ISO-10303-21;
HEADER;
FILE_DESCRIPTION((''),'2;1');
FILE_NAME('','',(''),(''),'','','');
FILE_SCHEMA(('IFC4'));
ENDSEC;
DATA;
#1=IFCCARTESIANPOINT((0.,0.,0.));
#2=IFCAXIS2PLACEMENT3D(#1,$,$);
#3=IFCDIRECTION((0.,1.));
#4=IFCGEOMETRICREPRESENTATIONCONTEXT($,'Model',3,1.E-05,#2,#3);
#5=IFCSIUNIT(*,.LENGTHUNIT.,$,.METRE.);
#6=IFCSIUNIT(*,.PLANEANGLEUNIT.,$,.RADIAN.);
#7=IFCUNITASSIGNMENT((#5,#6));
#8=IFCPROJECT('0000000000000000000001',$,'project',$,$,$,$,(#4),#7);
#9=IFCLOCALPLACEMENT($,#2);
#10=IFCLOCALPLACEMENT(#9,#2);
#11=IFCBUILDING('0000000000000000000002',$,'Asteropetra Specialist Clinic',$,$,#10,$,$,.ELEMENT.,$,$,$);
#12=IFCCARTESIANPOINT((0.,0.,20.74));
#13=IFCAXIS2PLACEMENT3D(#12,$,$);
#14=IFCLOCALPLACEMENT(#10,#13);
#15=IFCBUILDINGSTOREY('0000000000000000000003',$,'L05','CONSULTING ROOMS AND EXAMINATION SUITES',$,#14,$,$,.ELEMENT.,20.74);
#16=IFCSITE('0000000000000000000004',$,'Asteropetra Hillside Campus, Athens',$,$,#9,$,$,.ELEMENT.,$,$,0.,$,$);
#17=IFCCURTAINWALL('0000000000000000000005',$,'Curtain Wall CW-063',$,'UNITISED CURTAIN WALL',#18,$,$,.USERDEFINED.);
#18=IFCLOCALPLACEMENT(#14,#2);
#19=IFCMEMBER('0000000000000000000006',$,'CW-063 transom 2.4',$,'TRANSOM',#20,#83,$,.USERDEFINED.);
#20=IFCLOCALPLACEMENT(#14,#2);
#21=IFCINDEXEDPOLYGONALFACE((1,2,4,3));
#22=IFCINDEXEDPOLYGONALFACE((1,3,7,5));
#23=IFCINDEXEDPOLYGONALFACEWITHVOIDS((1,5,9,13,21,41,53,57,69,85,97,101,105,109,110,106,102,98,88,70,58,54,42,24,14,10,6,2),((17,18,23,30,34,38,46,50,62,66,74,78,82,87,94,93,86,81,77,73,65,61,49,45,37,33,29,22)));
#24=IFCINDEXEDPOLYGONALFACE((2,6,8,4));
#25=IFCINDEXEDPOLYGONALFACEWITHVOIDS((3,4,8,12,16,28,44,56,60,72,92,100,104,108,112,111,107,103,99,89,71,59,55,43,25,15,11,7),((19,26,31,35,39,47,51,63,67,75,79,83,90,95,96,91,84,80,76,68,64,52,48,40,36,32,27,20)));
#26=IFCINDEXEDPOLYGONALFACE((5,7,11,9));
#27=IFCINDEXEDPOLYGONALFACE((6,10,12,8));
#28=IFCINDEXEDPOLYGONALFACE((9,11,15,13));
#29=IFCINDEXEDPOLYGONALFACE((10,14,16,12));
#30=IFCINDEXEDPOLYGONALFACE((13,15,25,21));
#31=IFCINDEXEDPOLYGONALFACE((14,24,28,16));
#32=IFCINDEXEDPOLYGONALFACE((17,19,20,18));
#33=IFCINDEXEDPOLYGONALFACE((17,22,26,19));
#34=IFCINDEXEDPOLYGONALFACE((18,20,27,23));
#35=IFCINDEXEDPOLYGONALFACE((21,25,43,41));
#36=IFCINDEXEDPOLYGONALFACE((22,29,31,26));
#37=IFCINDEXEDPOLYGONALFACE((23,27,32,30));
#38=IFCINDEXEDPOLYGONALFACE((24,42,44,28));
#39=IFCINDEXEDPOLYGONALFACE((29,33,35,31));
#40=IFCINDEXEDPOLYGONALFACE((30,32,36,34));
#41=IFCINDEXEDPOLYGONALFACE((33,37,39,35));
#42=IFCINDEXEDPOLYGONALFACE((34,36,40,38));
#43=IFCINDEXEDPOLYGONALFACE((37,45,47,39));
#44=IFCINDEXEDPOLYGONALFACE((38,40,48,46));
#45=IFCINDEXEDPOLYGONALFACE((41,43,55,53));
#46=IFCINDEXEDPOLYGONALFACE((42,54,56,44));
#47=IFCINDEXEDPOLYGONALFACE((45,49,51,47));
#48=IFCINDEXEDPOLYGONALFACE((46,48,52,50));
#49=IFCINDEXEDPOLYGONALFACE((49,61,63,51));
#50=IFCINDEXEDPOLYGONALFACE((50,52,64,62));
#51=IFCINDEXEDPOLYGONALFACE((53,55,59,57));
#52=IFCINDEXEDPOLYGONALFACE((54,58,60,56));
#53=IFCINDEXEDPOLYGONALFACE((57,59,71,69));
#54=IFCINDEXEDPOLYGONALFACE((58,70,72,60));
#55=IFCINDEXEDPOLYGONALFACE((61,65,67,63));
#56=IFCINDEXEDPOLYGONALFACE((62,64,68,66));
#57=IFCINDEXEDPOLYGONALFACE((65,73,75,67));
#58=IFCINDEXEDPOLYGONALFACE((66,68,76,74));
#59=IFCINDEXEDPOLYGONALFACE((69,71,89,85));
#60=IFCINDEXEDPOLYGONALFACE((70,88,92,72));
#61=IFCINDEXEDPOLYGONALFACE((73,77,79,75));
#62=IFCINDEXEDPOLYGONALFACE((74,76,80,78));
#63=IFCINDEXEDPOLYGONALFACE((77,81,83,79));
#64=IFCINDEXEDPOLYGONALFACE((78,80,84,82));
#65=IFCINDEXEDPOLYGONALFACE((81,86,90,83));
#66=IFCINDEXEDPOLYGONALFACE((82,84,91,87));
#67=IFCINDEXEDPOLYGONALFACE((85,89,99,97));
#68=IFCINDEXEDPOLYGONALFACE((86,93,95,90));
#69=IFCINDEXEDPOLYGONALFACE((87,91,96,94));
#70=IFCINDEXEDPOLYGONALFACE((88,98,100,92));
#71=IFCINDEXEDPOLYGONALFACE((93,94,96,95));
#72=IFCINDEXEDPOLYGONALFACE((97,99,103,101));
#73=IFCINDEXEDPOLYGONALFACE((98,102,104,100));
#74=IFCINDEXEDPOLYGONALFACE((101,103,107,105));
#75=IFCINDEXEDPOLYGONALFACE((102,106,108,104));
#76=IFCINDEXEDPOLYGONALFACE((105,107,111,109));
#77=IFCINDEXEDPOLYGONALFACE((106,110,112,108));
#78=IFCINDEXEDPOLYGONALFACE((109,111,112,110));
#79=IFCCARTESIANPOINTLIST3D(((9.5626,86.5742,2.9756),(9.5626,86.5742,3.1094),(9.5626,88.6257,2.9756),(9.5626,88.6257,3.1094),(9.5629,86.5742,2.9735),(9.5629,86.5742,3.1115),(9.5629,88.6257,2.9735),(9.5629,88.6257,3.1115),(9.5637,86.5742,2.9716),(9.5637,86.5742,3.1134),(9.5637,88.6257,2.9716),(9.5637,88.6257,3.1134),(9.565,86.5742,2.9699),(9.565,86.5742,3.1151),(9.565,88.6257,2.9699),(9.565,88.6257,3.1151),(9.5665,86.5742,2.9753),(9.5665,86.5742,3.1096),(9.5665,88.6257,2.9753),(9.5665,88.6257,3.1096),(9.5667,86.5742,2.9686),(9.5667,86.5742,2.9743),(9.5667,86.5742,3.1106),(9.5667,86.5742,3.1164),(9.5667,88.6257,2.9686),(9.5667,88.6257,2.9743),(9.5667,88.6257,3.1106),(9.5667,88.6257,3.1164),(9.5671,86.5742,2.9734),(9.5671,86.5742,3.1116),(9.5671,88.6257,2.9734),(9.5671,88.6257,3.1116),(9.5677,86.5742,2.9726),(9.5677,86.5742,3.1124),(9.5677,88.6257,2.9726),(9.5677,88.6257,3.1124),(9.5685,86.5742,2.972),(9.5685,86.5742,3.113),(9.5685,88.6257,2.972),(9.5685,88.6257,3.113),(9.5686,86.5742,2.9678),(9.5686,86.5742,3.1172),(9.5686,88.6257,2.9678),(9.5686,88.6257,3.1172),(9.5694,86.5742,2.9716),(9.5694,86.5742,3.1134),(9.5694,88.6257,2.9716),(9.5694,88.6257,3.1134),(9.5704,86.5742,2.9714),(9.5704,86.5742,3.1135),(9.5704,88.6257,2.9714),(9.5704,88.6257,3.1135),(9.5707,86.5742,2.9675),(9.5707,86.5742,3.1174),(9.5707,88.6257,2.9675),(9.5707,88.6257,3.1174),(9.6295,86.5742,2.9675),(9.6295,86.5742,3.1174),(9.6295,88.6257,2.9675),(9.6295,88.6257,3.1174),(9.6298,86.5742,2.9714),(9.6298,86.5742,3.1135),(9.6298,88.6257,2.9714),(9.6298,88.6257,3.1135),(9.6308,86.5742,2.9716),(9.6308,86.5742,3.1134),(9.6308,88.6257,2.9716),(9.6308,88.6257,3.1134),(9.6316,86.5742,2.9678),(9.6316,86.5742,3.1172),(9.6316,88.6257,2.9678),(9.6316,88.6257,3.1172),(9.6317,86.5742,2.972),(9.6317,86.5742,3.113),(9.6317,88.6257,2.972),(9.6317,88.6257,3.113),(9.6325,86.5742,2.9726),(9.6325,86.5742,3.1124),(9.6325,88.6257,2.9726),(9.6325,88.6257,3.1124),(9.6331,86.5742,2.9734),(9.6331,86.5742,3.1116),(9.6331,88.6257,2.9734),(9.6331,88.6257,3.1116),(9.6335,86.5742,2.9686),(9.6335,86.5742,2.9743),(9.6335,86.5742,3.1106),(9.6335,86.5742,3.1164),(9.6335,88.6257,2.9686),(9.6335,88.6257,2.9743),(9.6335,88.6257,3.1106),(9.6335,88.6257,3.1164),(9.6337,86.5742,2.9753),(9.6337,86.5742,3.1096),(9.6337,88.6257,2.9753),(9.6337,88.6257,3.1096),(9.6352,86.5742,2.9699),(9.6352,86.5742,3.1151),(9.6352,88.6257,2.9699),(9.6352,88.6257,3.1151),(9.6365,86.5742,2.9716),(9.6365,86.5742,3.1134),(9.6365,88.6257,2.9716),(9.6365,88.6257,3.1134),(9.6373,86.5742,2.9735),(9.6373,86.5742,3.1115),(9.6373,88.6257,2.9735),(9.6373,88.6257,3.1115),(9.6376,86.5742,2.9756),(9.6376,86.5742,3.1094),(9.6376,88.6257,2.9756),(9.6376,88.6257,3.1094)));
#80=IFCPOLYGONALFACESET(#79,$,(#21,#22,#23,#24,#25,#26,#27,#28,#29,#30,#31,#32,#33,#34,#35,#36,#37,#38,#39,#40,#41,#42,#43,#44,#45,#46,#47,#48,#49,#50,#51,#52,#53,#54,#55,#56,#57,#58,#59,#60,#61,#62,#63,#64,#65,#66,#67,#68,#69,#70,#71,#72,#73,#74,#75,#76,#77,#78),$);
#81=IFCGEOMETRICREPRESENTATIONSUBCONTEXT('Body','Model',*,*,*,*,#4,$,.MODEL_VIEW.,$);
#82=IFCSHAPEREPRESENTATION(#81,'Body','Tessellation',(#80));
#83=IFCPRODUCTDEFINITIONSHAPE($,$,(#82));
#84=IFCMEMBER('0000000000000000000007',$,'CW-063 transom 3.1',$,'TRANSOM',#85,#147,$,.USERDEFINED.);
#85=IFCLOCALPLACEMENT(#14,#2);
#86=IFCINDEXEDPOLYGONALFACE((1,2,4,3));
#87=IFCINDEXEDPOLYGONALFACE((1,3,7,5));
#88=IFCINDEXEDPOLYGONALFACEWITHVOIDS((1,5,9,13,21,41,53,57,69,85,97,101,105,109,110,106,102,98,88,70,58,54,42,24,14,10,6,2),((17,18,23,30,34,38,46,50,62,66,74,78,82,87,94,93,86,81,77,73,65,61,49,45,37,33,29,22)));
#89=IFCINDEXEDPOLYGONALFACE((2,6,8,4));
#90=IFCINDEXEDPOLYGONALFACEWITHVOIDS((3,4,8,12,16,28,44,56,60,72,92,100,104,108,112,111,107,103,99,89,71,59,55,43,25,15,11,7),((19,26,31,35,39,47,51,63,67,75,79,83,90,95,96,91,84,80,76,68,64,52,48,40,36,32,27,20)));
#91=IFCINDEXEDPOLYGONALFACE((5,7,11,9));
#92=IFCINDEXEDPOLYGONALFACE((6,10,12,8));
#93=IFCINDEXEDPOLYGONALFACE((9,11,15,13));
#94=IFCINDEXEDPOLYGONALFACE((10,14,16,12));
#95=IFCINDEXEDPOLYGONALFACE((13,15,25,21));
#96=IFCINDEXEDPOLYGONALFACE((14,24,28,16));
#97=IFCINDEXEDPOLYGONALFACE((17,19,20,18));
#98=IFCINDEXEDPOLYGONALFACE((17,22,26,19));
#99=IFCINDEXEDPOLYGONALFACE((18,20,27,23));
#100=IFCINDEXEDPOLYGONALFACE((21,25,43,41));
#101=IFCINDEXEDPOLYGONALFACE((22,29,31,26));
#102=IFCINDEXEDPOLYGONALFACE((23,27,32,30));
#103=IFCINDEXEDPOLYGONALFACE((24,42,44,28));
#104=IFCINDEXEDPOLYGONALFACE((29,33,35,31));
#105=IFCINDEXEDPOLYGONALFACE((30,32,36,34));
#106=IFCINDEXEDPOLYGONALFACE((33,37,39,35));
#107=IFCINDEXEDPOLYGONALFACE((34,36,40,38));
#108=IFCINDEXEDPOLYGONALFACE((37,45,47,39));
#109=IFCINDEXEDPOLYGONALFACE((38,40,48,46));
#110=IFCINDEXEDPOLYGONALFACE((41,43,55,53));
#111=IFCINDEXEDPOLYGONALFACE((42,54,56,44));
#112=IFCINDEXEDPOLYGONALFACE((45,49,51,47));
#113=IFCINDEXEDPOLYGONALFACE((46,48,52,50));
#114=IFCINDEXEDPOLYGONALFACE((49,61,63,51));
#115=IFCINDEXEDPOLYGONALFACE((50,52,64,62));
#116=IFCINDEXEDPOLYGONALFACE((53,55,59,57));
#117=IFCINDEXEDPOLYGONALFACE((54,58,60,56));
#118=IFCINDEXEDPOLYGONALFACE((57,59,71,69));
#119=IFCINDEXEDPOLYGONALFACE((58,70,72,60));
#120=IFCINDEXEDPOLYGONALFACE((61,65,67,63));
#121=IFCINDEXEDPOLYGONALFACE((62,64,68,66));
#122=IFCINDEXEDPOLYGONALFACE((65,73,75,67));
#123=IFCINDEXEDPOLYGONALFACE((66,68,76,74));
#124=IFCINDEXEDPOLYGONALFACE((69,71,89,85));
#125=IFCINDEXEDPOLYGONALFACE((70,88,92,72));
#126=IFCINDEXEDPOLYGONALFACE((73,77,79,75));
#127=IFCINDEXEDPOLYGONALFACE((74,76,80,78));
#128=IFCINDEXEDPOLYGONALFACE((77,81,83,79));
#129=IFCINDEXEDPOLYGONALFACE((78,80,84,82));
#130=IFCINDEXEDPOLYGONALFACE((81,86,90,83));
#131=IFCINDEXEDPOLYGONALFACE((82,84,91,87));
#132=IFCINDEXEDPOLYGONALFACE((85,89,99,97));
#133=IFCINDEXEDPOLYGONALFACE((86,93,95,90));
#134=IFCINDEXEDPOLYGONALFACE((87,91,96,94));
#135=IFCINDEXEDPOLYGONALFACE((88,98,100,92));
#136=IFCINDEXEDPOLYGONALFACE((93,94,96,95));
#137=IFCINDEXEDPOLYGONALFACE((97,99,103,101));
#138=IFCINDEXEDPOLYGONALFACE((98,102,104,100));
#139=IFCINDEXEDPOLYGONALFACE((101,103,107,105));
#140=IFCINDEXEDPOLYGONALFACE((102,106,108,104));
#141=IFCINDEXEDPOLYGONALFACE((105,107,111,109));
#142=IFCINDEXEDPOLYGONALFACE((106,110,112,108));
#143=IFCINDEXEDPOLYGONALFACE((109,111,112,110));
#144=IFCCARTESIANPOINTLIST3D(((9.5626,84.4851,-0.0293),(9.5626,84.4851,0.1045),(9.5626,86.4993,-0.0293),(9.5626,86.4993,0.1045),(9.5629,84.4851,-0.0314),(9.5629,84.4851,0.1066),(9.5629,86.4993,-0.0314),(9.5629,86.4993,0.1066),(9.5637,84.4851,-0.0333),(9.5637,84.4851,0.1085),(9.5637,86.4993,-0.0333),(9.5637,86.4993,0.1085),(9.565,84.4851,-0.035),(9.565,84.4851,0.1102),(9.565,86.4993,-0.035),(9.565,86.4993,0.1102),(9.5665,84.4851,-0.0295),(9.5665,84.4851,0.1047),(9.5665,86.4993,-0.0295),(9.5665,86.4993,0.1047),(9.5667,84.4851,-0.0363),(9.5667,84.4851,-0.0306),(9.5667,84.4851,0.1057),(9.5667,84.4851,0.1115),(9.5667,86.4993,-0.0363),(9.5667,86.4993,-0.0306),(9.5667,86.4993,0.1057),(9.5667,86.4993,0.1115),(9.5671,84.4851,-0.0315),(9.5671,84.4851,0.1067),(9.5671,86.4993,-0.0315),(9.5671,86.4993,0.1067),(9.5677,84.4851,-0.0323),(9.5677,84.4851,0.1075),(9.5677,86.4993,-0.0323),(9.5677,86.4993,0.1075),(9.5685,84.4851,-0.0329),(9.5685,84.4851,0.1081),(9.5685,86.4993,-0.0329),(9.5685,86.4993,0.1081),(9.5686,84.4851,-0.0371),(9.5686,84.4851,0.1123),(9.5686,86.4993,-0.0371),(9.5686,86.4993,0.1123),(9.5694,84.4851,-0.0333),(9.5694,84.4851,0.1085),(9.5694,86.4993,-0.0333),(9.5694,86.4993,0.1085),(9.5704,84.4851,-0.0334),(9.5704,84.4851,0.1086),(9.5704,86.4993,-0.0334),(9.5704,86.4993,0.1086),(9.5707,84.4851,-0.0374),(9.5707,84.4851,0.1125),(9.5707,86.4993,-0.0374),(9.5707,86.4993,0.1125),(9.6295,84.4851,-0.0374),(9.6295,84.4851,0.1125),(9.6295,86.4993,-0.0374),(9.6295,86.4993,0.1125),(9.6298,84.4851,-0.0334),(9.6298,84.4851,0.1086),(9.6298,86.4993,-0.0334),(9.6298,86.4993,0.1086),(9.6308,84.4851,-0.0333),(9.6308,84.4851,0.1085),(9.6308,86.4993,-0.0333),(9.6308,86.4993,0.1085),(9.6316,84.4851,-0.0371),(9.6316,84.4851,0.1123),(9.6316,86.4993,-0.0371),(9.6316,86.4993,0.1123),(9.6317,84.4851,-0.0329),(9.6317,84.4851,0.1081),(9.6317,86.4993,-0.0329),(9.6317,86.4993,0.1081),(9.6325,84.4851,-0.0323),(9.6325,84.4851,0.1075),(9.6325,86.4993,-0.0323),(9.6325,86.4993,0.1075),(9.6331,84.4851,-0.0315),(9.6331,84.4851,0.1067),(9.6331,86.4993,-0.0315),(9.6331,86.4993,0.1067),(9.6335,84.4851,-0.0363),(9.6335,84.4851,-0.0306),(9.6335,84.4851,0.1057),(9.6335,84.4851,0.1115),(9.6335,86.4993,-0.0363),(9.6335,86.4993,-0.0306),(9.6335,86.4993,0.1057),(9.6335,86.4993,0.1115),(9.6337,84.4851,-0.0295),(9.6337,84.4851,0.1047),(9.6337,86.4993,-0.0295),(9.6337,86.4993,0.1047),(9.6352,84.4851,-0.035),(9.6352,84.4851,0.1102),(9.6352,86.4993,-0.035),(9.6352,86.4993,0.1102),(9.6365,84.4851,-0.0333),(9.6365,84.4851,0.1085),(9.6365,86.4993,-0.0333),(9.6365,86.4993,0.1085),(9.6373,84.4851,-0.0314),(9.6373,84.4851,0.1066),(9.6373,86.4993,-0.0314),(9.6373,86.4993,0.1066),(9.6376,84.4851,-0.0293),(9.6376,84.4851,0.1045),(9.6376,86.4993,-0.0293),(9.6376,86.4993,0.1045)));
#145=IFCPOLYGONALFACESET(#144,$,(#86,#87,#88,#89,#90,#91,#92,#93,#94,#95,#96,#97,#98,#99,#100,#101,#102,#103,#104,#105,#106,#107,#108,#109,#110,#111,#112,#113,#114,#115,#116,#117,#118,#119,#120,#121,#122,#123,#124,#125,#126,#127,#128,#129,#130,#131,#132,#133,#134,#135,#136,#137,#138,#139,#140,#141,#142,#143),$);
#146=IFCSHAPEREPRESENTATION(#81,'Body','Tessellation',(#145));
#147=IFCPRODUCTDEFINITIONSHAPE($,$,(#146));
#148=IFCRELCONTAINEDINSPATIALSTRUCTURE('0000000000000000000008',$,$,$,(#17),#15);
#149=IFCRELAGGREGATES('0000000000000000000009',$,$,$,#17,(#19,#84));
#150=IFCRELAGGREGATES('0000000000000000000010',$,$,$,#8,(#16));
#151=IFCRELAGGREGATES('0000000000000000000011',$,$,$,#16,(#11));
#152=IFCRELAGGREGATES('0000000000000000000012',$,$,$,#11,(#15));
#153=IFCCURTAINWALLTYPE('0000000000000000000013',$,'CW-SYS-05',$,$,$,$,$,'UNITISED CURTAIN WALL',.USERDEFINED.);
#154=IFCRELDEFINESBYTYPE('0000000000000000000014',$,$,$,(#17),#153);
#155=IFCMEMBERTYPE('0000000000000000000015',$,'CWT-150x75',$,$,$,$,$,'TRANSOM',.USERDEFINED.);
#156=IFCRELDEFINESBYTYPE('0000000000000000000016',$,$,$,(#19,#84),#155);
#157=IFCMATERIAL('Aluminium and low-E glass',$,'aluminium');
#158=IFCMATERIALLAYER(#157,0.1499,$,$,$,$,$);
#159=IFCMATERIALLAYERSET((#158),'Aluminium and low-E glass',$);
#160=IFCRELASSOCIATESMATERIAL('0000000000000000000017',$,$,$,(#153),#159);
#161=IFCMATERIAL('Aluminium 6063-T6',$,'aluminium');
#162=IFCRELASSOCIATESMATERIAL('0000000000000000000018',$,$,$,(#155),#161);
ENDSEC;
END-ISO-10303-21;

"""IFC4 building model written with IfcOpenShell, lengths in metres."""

from ifc_helpers import new_model, si_unit, direction, frame, origin, origin_2d, place, context, subcontext, project, spatial, hollow_rectangle, extrude, material, layer, layer_set, material_profile, profile_set, type_object, element, aggregate, save


model = new_model("IFC4")

# Units and contexts
model_context = context("Model", 3, precision=1e-05, world=origin(), true_north=direction((0.0, 1.0)))
body_context = subcontext(model_context, "Body", "Model", "MODEL_VIEW")
ifc_project = project(units=[si_unit("LENGTHUNIT", "METRE"), si_unit("PLANEANGLEUNIT", "RADIAN")], contexts=[model_context])

# Site, building, storey
site_placement = place(None, origin())
site = spatial("IfcSite", under=ifc_project, at=site_placement, Name="Asteropetra Hillside Campus, Athens", CompositionType="ELEMENT", RefElevation=0.0)
building_placement = place(site_placement, origin())
building = spatial("IfcBuilding", under=site, at=building_placement, Name="Asteropetra Specialist Clinic", CompositionType="ELEMENT")
storey_placement = place(building_placement, frame((0.0, 0.0, 20.74)))
storey = spatial("IfcBuildingStorey", under=building, at=storey_placement, Name="L05", Description="CONSULTING ROOMS AND EXAMINATION SUITES", CompositionType="ELEMENT", Elevation=20.74)

# Curtain wall, members
ifc_material_1 = material(Name="Aluminium and low-E glass", Category="aluminium")
ifc_layer_1 = layer(ifc_material_1, 0.1499)
ifc_layer_set_1 = layer_set([ifc_layer_1], Name="Aluminium and low-E glass")
curtain_wall_type = type_object("IfcCurtainWallType", Name="CW-SYS-05", ElementType="UNITISED CURTAIN WALL", PredefinedType="USERDEFINED", material=ifc_layer_set_1)
curtain_wall_placement = place(storey_placement, origin())
curtain_wall = element("IfcCurtainWall", 1, at=curtain_wall_placement, inside=storey, type_object=curtain_wall_type, Name="Curtain Wall CW-063", ObjectType="UNITISED CURTAIN WALL", PredefinedType="USERDEFINED")
ifc_material_2 = material(Name="Aluminium 6063-T6", Category="aluminium")
ifc_material_profile_1 = material_profile(ifc_material_2, hollow_rectangle(XDim=0.075, YDim=0.1499, WallThickness=0.0039, InnerFilletRadius=0.0039, OuterFilletRadius=0.0081, at=origin_2d()), Name="TRN 150x75x4.0")
ifc_profile_set_1 = profile_set([ifc_material_profile_1], Name="Aluminium 6063-T6")
member_type_1 = type_object("IfcMemberType", Name="CWT-150x75", ElementType="TRANSOM", PredefinedType="USERDEFINED", material=ifc_profile_set_1)
member_1_placement = place(storey_placement, frame((9.6001, 88.6257, 3.0425), z_axis=(0.0, -1.0, 0.0), x_axis=(1.0, 0.0, 0.0)))
member_1 = element("IfcMember", 2, at=member_1_placement, type_object=member_type_1, Name="CW-063 transom 2.4", ObjectType="TRANSOM", PredefinedType="USERDEFINED", context=body_context, shape_type="SweptSolid", body=[
    extrude(hollow_rectangle(XDim=0.075, YDim=0.1499, WallThickness=0.0039, InnerFilletRadius=0.0039, OuterFilletRadius=0.0081, at=origin_2d()), origin(), (0.0, 0.0, 1.0), 2.0515),
])
member_2_placement = place(storey_placement, frame((9.6001, 86.4993, 0.0376), z_axis=(0.0, -1.0, 0.0), x_axis=(1.0, 0.0, 0.0)))
member_2 = element("IfcMember", 3, at=member_2_placement, type_object=member_type_1, Name="CW-063 transom 3.1", ObjectType="TRANSOM", PredefinedType="USERDEFINED", context=body_context, shape_type="SweptSolid", body=[
    extrude(hollow_rectangle(XDim=0.075, YDim=0.1499, WallThickness=0.0039, InnerFilletRadius=0.0039, OuterFilletRadius=0.0081, at=origin_2d()), origin(), (0.0, 0.0, 1.0), 2.0142),
])
aggregate(curtain_wall, [member_1, member_2])

save(model, "model.ifc")
